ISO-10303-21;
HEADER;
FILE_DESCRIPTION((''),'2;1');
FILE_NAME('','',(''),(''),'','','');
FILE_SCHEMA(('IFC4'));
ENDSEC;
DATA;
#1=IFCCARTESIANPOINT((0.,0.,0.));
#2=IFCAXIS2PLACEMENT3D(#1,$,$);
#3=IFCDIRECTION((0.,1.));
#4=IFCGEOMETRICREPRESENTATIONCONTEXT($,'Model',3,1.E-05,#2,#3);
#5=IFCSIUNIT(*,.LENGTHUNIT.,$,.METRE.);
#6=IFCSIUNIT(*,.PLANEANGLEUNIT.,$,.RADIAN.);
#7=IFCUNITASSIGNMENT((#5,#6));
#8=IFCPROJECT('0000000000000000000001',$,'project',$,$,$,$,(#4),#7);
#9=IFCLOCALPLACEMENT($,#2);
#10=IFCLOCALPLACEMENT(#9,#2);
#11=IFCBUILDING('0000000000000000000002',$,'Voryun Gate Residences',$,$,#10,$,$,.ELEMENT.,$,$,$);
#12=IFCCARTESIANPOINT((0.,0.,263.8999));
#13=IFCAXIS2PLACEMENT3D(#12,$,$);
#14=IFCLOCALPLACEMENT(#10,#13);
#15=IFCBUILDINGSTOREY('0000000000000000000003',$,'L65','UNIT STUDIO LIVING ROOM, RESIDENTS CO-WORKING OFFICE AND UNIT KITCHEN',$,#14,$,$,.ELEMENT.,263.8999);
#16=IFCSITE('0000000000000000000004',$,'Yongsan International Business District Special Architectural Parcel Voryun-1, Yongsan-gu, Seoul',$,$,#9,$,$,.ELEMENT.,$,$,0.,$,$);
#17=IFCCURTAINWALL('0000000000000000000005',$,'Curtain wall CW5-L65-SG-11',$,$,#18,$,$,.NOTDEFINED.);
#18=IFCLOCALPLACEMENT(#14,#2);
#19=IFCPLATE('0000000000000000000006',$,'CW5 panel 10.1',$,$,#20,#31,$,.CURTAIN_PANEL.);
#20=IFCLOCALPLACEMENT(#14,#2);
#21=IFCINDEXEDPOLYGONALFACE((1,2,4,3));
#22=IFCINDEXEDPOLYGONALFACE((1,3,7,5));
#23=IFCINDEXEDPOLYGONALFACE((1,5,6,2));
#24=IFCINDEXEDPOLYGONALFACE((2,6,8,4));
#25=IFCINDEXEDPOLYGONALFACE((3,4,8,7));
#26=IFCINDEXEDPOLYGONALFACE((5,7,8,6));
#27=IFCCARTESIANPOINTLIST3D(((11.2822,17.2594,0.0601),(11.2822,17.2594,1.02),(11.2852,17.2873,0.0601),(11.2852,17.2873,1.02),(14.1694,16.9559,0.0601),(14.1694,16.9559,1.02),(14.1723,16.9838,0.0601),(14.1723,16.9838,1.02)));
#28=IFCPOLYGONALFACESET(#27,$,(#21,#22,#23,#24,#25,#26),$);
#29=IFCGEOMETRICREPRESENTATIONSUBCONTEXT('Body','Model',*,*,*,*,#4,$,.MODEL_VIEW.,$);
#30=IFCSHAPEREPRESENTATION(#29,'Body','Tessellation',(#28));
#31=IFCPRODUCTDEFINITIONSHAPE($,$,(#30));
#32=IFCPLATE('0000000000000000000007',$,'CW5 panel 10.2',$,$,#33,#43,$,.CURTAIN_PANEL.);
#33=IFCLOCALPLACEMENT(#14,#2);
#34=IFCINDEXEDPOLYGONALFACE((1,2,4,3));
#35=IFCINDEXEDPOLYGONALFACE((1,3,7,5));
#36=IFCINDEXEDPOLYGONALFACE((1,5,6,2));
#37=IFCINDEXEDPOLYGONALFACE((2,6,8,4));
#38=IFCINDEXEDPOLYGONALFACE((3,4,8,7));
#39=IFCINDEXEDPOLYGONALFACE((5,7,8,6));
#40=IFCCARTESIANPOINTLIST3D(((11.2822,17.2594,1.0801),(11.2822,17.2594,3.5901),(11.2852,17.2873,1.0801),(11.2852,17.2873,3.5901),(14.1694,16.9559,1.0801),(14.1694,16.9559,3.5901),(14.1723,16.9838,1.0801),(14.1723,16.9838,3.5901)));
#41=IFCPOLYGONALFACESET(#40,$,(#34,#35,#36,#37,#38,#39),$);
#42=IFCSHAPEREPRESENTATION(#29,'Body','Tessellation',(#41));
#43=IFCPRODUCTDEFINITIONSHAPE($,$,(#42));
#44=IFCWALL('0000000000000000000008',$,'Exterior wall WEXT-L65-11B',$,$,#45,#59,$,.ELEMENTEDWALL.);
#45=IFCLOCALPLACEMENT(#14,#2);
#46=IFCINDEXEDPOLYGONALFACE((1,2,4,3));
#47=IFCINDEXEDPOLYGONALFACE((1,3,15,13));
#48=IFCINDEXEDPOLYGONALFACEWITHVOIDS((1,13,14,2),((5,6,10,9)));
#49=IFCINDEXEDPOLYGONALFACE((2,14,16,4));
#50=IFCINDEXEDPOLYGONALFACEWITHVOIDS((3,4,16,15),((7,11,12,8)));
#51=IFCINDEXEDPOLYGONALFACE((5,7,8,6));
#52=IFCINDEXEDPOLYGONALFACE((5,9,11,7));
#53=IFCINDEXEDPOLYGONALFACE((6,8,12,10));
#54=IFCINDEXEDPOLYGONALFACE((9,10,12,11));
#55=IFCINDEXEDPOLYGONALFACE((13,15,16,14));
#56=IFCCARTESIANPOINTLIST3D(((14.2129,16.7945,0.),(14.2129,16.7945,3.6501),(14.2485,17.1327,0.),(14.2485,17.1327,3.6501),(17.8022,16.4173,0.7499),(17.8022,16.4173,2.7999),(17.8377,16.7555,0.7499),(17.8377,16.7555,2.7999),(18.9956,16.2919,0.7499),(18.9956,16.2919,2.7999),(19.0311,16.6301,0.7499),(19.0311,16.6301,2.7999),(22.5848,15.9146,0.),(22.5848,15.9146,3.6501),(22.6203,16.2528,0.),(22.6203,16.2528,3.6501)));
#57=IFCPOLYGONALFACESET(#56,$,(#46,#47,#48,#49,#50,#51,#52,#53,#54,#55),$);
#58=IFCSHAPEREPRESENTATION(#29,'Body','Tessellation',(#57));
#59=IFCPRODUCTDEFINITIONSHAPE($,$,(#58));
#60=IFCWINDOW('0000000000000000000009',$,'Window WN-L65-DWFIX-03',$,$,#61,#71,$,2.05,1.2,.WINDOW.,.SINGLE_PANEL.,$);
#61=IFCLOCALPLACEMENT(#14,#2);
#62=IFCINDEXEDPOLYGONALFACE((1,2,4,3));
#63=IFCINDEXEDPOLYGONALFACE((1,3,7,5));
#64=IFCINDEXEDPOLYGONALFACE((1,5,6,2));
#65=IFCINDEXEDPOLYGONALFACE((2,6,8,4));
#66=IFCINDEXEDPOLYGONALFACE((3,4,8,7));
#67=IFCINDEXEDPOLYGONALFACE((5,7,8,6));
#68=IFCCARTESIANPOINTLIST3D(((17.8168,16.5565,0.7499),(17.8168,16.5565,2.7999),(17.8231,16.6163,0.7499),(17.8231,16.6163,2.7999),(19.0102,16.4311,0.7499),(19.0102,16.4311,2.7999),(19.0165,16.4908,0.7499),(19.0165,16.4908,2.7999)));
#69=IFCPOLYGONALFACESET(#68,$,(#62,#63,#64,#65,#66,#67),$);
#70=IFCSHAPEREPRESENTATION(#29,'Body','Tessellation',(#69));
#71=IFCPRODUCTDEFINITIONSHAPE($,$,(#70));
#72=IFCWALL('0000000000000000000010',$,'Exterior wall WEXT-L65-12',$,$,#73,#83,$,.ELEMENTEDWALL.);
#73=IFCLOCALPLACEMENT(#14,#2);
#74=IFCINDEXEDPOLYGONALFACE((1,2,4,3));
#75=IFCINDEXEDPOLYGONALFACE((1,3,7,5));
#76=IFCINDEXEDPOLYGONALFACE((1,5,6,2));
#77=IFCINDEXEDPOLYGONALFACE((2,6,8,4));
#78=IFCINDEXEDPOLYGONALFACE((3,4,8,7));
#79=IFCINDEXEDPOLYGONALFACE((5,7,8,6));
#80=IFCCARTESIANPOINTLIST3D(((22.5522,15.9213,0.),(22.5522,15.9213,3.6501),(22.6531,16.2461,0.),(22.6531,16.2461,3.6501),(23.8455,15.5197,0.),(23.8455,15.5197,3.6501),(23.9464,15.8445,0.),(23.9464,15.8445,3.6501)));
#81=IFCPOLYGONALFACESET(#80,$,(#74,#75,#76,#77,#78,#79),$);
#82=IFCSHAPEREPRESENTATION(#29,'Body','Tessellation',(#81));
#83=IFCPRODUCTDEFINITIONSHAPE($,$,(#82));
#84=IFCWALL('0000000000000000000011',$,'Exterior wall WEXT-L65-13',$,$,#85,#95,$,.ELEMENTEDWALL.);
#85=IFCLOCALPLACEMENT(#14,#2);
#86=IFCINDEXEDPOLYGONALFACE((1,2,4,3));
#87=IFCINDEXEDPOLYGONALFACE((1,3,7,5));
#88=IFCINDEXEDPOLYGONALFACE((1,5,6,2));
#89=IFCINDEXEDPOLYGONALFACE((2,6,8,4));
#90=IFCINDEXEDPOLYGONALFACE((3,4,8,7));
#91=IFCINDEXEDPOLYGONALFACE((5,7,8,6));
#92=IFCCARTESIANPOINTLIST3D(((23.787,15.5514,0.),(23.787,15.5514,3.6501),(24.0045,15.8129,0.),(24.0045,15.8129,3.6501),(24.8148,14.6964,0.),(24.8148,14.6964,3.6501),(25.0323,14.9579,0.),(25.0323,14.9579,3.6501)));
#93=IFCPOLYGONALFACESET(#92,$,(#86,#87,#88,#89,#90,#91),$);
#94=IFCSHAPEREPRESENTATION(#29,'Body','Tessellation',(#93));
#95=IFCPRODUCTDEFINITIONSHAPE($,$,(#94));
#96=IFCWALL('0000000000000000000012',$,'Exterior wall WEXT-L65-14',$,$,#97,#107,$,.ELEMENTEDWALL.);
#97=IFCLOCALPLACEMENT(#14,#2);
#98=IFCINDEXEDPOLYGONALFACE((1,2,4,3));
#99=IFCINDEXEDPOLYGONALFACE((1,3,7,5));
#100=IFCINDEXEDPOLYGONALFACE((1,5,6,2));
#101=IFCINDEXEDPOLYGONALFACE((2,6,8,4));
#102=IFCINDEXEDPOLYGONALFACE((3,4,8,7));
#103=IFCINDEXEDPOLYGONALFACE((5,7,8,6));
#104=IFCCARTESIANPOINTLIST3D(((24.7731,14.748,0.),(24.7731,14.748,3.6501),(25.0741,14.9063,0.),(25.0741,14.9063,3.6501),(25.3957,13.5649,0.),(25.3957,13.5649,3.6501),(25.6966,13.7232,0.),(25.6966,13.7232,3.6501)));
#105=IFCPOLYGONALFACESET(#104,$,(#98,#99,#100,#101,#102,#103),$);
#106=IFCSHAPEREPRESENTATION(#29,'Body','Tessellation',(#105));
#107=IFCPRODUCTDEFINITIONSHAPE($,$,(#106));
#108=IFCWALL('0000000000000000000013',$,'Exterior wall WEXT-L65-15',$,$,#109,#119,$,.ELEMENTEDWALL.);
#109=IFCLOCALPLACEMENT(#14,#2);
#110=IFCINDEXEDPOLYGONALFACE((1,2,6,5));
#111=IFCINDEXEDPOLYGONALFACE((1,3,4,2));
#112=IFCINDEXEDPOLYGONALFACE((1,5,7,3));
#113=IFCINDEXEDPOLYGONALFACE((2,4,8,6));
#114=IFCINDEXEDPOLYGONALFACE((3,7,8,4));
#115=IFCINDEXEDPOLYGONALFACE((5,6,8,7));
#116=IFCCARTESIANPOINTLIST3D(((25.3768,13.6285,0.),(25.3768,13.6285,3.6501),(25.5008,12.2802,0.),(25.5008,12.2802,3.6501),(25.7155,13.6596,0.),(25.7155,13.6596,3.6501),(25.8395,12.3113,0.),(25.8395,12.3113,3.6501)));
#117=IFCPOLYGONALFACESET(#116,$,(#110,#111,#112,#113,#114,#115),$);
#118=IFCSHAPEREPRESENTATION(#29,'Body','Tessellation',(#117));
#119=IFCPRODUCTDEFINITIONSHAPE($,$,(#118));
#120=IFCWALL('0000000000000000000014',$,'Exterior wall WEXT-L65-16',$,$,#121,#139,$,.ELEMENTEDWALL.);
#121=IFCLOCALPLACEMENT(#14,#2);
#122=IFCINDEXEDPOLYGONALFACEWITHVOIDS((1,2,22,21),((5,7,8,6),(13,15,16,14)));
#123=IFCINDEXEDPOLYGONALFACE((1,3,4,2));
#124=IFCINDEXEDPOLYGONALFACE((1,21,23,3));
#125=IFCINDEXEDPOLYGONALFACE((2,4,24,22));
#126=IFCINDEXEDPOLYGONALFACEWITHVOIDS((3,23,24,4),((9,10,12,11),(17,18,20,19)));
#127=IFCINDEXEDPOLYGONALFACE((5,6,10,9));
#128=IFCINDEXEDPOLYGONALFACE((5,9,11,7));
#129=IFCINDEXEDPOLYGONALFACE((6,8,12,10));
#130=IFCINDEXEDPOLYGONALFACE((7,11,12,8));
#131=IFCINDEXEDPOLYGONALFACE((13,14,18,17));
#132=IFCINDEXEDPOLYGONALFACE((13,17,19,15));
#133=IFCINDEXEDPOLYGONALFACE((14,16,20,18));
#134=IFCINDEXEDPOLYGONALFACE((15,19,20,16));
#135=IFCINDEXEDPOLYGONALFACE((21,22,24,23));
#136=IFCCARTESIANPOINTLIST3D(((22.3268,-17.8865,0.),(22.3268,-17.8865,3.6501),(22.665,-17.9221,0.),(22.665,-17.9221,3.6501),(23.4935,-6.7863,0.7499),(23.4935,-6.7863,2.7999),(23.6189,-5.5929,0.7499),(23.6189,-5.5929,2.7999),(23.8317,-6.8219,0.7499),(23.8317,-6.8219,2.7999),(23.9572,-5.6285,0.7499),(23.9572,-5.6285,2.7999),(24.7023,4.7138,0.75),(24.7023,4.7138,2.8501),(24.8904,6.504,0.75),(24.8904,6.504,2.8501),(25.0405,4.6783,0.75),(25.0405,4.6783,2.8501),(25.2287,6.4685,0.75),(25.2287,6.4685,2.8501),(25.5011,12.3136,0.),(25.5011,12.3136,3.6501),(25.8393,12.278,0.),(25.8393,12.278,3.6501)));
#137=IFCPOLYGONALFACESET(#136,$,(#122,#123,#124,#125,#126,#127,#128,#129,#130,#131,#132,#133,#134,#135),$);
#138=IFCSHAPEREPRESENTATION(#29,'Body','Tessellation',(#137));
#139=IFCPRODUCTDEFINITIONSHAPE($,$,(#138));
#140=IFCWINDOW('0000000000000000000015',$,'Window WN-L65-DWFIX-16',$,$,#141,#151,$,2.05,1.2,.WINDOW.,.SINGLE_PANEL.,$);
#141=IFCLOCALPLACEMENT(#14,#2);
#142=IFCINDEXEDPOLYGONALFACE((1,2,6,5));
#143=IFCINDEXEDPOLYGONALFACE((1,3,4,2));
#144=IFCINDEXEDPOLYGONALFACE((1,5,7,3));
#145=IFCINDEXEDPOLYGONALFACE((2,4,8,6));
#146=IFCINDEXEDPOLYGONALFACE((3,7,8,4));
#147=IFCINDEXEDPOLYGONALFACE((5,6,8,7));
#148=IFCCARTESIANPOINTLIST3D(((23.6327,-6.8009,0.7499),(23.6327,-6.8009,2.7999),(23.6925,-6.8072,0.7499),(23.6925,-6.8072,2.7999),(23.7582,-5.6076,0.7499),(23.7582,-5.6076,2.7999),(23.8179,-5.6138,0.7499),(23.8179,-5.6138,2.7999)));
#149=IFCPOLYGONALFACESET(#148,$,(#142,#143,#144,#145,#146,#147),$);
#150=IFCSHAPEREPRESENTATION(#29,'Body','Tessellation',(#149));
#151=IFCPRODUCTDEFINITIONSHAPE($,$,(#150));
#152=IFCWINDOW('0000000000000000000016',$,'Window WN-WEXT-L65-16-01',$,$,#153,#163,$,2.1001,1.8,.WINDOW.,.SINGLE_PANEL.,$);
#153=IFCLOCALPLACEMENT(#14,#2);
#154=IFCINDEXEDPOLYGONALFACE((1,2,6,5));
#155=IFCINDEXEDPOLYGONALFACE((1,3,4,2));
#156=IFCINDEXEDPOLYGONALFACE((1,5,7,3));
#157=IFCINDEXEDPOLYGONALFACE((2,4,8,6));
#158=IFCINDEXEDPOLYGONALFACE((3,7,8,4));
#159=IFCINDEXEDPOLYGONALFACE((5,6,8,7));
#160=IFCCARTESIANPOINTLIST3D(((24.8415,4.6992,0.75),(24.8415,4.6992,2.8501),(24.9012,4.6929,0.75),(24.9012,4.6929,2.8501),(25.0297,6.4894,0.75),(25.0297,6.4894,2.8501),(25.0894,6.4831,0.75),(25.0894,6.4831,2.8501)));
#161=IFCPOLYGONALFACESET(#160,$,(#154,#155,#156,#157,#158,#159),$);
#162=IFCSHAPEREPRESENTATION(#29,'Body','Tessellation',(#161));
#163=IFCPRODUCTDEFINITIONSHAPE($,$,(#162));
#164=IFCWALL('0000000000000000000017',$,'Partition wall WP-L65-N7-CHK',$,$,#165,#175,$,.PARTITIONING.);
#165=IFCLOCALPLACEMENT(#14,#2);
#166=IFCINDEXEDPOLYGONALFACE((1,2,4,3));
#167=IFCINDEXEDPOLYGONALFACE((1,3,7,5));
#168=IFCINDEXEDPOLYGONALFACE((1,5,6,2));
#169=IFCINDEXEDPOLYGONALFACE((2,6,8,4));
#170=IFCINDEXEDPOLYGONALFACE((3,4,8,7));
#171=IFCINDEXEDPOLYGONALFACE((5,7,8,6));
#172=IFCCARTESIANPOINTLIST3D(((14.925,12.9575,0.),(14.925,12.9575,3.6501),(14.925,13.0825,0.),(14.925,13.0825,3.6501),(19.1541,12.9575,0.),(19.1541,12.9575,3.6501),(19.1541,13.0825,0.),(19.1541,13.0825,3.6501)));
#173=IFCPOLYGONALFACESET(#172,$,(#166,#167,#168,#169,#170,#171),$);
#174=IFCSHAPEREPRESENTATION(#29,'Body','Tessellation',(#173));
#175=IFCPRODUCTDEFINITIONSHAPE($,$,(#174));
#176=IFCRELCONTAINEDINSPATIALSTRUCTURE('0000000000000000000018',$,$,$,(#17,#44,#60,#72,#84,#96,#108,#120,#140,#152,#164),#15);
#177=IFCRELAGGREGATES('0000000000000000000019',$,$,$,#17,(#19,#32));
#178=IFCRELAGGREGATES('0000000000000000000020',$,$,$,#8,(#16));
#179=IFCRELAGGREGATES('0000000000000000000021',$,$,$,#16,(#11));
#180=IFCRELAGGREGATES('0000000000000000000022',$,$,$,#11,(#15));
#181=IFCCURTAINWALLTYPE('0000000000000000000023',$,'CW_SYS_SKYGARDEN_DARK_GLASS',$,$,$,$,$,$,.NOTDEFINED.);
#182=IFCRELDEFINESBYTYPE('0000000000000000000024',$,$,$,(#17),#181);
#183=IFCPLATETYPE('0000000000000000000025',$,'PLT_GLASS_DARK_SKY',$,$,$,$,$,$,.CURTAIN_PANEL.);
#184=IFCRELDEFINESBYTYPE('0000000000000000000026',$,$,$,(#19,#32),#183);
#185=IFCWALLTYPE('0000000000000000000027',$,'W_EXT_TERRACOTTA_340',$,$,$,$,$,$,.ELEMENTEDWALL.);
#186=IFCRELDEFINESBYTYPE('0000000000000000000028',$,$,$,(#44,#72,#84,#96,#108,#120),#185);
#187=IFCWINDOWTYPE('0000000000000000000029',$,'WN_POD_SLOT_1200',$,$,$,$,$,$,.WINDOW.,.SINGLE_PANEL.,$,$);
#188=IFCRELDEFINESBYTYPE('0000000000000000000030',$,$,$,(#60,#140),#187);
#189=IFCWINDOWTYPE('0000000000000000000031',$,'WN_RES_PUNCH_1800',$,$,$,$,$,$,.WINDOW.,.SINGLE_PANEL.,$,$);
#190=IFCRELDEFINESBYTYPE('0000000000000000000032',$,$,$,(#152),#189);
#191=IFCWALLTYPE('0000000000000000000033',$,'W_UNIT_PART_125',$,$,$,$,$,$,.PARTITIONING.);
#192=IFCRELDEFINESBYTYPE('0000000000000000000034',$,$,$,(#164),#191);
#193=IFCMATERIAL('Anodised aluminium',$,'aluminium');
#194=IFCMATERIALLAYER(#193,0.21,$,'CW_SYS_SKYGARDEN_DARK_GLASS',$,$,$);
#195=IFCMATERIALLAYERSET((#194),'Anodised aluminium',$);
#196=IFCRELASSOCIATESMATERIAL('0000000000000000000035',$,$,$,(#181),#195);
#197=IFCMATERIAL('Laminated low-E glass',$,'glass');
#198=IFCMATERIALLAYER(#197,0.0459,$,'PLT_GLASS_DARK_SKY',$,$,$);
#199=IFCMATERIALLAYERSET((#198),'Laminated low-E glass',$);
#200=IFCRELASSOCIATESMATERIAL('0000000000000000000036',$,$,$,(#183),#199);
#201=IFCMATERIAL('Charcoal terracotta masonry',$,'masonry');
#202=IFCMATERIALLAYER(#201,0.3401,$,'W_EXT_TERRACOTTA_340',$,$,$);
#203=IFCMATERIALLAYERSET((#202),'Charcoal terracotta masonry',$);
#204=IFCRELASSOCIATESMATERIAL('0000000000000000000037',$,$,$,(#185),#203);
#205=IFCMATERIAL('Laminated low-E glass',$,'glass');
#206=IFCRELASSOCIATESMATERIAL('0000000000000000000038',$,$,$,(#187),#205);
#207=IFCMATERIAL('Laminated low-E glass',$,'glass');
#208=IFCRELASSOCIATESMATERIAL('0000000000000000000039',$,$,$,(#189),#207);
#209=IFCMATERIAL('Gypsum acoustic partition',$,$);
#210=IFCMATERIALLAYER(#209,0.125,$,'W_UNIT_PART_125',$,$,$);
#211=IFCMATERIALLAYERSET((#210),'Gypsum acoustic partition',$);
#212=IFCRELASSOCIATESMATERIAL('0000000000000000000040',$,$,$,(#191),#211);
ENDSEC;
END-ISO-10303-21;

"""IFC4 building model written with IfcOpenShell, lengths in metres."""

from ifc_helpers import new_model, si_unit, direction, frame, frame_2d, origin, origin_2d, place, context, subcontext, project, spatial, rectangle, extrude, material, layer, layer_set, type_object, element, fill, aggregate, save


model = new_model("IFC4")

# Units and contexts
model_context = context("Model", 3, precision=1e-05, world=origin(), true_north=direction((0.0, 1.0)))
body_context = subcontext(model_context, "Body", "Model", "MODEL_VIEW")
ifc_project = project(units=[si_unit("LENGTHUNIT", "METRE"), si_unit("PLANEANGLEUNIT", "RADIAN")], contexts=[model_context])

# Site, building, storey
site_placement = place(None, origin())
site = spatial("IfcSite", under=ifc_project, at=site_placement, Name="Yongsan International Business District Special Architectural Parcel Voryun-1, Yongsan-gu, Seoul", CompositionType="ELEMENT", RefElevation=0.0)
building_placement = place(site_placement, origin())
building = spatial("IfcBuilding", under=site, at=building_placement, Name="Voryun Gate Residences", CompositionType="ELEMENT")
storey_placement = place(building_placement, frame((0.0, 0.0, 263.8999)))
storey = spatial("IfcBuildingStorey", under=building, at=storey_placement, Name="L65", Description="UNIT STUDIO LIVING ROOM, RESIDENTS CO-WORKING OFFICE AND UNIT KITCHEN", CompositionType="ELEMENT", Elevation=263.8999)

# Curtain wall, plates
ifc_material_1 = material(Name="Anodised aluminium", Category="aluminium")
ifc_layer_1 = layer(ifc_material_1, 0.21, Name="CW_SYS_SKYGARDEN_DARK_GLASS")
ifc_layer_set_1 = layer_set([ifc_layer_1], Name="Anodised aluminium")
curtain_wall_type = type_object("IfcCurtainWallType", Name="CW_SYS_SKYGARDEN_DARK_GLASS", PredefinedType="NOTDEFINED", material=ifc_layer_set_1)
curtain_wall_placement = place(storey_placement, origin())
curtain_wall = element("IfcCurtainWall", 1, at=curtain_wall_placement, inside=storey, type_object=curtain_wall_type, Name="Curtain wall CW5-L65-SG-11", PredefinedType="NOTDEFINED")
ifc_material_2 = material(Name="Laminated low-E glass", Category="glass")
ifc_layer_2 = layer(ifc_material_2, 0.0459, Name="PLT_GLASS_DARK_SKY")
ifc_layer_set_2 = layer_set([ifc_layer_2], Name="Laminated low-E glass")
plate_type = type_object("IfcPlateType", Name="PLT_GLASS_DARK_SKY", PredefinedType="CURTAIN_PANEL", material=ifc_layer_set_2)
plate_1_placement = place(storey_placement, frame((12.7273, 17.1216, 0.0601), z_axis=(0.0, 0.0, 1.0), x_axis=(0.994521, -0.104532, 0.0)))
plate_1 = element("IfcPlate", 2, at=plate_1_placement, type_object=plate_type, Name="CW5 panel 10.1", PredefinedType="CURTAIN_PANEL", context=body_context, shape_type="SweptSolid", body=[
    extrude(rectangle(XDim=2.9031, YDim=0.0281, at=origin_2d()), origin(), (0.0, 0.0, 1.0), 0.96),
])
plate_2_placement = place(storey_placement, frame((12.7273, 17.1216, 1.0801), z_axis=(0.0, 0.0, 1.0), x_axis=(0.994521, -0.104532, 0.0)))
plate_2 = element("IfcPlate", 3, at=plate_2_placement, type_object=plate_type, Name="CW5 panel 10.2", PredefinedType="CURTAIN_PANEL", context=body_context, shape_type="SweptSolid", body=[
    extrude(rectangle(XDim=2.9031, YDim=0.0281, at=origin_2d()), origin(), (0.0, 0.0, 1.0), 2.51),
])
aggregate(curtain_wall, [plate_1, plate_2])

# Wall, opening, window
ifc_material_3 = material(Name="Charcoal terracotta masonry", Category="masonry")
ifc_layer_3 = layer(ifc_material_3, 0.3401, Name="W_EXT_TERRACOTTA_340")
ifc_layer_set_3 = layer_set([ifc_layer_3], Name="Charcoal terracotta masonry")
wall_type_1 = type_object("IfcWallType", Name="W_EXT_TERRACOTTA_340", PredefinedType="ELEMENTEDWALL", material=ifc_layer_set_3)
wall_1_placement = place(storey_placement, frame((14.2307, 16.9636, 0.0), z_axis=(0.0, 0.0, 1.0), x_axis=(0.994522, -0.104525, 0.0)))
wall_1 = element("IfcWall", 4, at=wall_1_placement, inside=storey, type_object=wall_type_1, Name="Exterior wall WEXT-L65-11B", PredefinedType="ELEMENTEDWALL", context=body_context, shape_type="SweptSolid", body=[
    extrude(rectangle(XDim=8.418, YDim=0.3401, at=frame_2d((4.209, 0.0))), origin(), (0.0, 0.0, 1.0), 3.6501),
])
opening_1_placement = place(wall_1_placement, frame((3.6089, 0.0, 0.75)))
opening_1 = element("IfcOpeningElement", 5, at=opening_1_placement, cuts=wall_1, PredefinedType="OPENING", context=body_context, shape_type="SweptSolid", body=[
    extrude(rectangle(XDim=1.2, YDim=2.05, at=frame_2d((0.6001, 1.0249))), frame((0.0, 0.1799, 0.0), z_axis=(0.0, -1.0, 0.0), x_axis=(1.0, 0.0, 0.0)), (0.0, 0.0, 1.0), 0.3601),
])
ifc_material_4 = material(Name="Laminated low-E glass", Category="glass")
window_type_1 = type_object("IfcWindowType", Name="WN_POD_SLOT_1200", PartitioningType="SINGLE_PANEL", PredefinedType="WINDOW", material=ifc_material_4)
window_1_placement = place(opening_1_placement, origin())
window_1 = element("IfcWindow", 6, at=window_1_placement, inside=storey, type_object=window_type_1, Name="Window WN-L65-DWFIX-03", OverallHeight=2.05, OverallWidth=1.2, PartitioningType="SINGLE_PANEL", PredefinedType="WINDOW", context=body_context, shape_type="SweptSolid", body=[
    extrude(rectangle(XDim=1.2, YDim=2.05, at=frame_2d((0.6001, 1.0249))), frame((0.0, 0.03, 0.0), z_axis=(0.0, -1.0, 0.0), x_axis=(1.0, 0.0, 0.0)), (0.0, 0.0, 1.0), 0.0601),
])
fill(opening_1, window_1)

# Walls
wall_2_placement = place(storey_placement, frame((22.6025, 16.0837, 0.0), z_axis=(0.0, 0.0, 1.0), x_axis=(0.955008, -0.296581, 0.0)))
element("IfcWall", 7, at=wall_2_placement, inside=storey, type_object=wall_type_1, Name="Exterior wall WEXT-L65-12", PredefinedType="ELEMENTEDWALL", context=body_context, shape_type="SweptSolid", body=[
    extrude(rectangle(XDim=1.3542, YDim=0.3401, at=frame_2d((0.6772, 0.0))), origin(), (0.0, 0.0, 1.0), 3.6501),
])
for number, where, z_axis, x_axis, name in (
    (8, (23.8958, 15.6821, 0.0), (0.0, 0.0, 1.0), (0.76879, -0.639502, 0.0), "Exterior wall WEXT-L65-13"),
    (9, (24.9236, 14.8271, 0.0), (0.0, 0.0, 1.0), (0.465671, -0.884958, 0.0), "Exterior wall WEXT-L65-14"),
):
    element("IfcWall", number, at=place(storey_placement, frame(where, z_axis=z_axis, x_axis=x_axis)), inside=storey, type_object=wall_type_1, Name=name, PredefinedType="ELEMENTEDWALL", context=body_context, shape_type="SweptSolid", body=[
        extrude(rectangle(XDim=1.3369, YDim=0.3401, at=frame_2d((0.6685, 0.0))), origin(), (0.0, 0.0, 1.0), 3.6501),
    ])
wall_3_placement = place(storey_placement, frame((25.5461, 13.644, 0.0), z_axis=(0.0, 0.0, 1.0), x_axis=(0.091592, -0.995797, 0.0)))
element("IfcWall", 10, at=wall_3_placement, inside=storey, type_object=wall_type_1, Name="Exterior wall WEXT-L65-15", PredefinedType="ELEMENTEDWALL", context=body_context, shape_type="SweptSolid", body=[
    extrude(rectangle(XDim=1.354, YDim=0.3401, at=frame_2d((0.677, 0.0))), origin(), (0.0, 0.0, 1.0), 3.6501),
])

# Wall, openings, windows
wall_4_placement = place(storey_placement, frame((25.6702, 12.2957, 0.0), z_axis=(0.0, 0.0, 1.0), x_axis=(-0.104533, -0.994521, 0.0)))
wall_4 = element("IfcWall", 11, at=wall_4_placement, inside=storey, type_object=wall_type_1, Name="Exterior wall WEXT-L65-16", PredefinedType="ELEMENTEDWALL", context=body_context, shape_type="SweptSolid", body=[
    extrude(rectangle(XDim=30.3665, YDim=0.3401, at=frame_2d((15.1831, 0.0))), origin(), (0.0, 0.0, 1.0), 3.6501),
])
opening_2_placement = place(wall_4_placement, frame((5.8416, 0.0, 0.75)))
opening_2 = element("IfcOpeningElement", 12, at=opening_2_placement, cuts=wall_4, PredefinedType="OPENING", context=body_context, shape_type="SweptSolid", body=[
    extrude(rectangle(XDim=1.8, YDim=2.1001, at=frame_2d((0.8999, 1.05))), frame((0.0, 0.1799, 0.0), z_axis=(0.0, -1.0, 0.0), x_axis=(1.0, 0.0, 0.0)), (0.0, 0.0, 1.0), 0.3601),
])
opening_3_placement = place(wall_4_placement, frame((18.0049, 0.0, 0.75)))
opening_3 = element("IfcOpeningElement", 13, at=opening_3_placement, cuts=wall_4, PredefinedType="OPENING", context=body_context, shape_type="SweptSolid", body=[
    extrude(rectangle(XDim=1.2, YDim=2.05, at=frame_2d((0.6001, 1.0249))), frame((0.0, 0.1799, 0.0), z_axis=(0.0, -1.0, 0.0), x_axis=(1.0, 0.0, 0.0)), (0.0, 0.0, 1.0), 0.3601),
])
window_2_placement = place(opening_3_placement, origin())
window_2 = element("IfcWindow", 14, at=window_2_placement, inside=storey, type_object=window_type_1, Name="Window WN-L65-DWFIX-16", OverallHeight=2.05, OverallWidth=1.2, PartitioningType="SINGLE_PANEL", PredefinedType="WINDOW", context=body_context, shape_type="SweptSolid", body=[
    extrude(rectangle(XDim=1.2, YDim=2.05, at=frame_2d((0.6001, 1.0249))), frame((0.0, 0.03, 0.0), z_axis=(0.0, -1.0, 0.0), x_axis=(1.0, 0.0, 0.0)), (0.0, 0.0, 1.0), 0.0601),
])
fill(opening_3, window_2)
ifc_material_5 = material(Name="Laminated low-E glass", Category="glass")
window_type_2 = type_object("IfcWindowType", Name="WN_RES_PUNCH_1800", PartitioningType="SINGLE_PANEL", PredefinedType="WINDOW", material=ifc_material_5)
window_3_placement = place(opening_2_placement, origin())
window_3 = element("IfcWindow", 15, at=window_3_placement, inside=storey, type_object=window_type_2, Name="Window WN-WEXT-L65-16-01", OverallHeight=2.1001, OverallWidth=1.8, PartitioningType="SINGLE_PANEL", PredefinedType="WINDOW", context=body_context, shape_type="SweptSolid", body=[
    extrude(rectangle(XDim=1.8, YDim=2.1001, at=frame_2d((0.8999, 1.05))), frame((0.0, 0.03, 0.0), z_axis=(0.0, -1.0, 0.0), x_axis=(1.0, 0.0, 0.0)), (0.0, 0.0, 1.0), 0.0601),
])
fill(opening_2, window_3)

# Wall
ifc_material_6 = material(Name="Gypsum acoustic partition")
ifc_layer_4 = layer(ifc_material_6, 0.125, Name="W_UNIT_PART_125")
ifc_layer_set_4 = layer_set([ifc_layer_4], Name="Gypsum acoustic partition")
wall_type_2 = type_object("IfcWallType", Name="W_UNIT_PART_125", PredefinedType="PARTITIONING", material=ifc_layer_set_4)
wall_5_placement = place(storey_placement, frame((14.925, 13.02, 0.0), z_axis=(0.0, 0.0, 1.0), x_axis=(1.0, 0.0, 0.0)))
element("IfcWall", 16, at=wall_5_placement, inside=storey, type_object=wall_type_2, Name="Partition wall WP-L65-N7-CHK", PredefinedType="PARTITIONING", context=body_context, shape_type="SweptSolid", body=[
    extrude(rectangle(XDim=4.229, YDim=0.125, at=frame_2d((2.1145, 0.0))), origin(), (0.0, 0.0, 1.0), 3.6501),
])

save(model, "model.ifc")
